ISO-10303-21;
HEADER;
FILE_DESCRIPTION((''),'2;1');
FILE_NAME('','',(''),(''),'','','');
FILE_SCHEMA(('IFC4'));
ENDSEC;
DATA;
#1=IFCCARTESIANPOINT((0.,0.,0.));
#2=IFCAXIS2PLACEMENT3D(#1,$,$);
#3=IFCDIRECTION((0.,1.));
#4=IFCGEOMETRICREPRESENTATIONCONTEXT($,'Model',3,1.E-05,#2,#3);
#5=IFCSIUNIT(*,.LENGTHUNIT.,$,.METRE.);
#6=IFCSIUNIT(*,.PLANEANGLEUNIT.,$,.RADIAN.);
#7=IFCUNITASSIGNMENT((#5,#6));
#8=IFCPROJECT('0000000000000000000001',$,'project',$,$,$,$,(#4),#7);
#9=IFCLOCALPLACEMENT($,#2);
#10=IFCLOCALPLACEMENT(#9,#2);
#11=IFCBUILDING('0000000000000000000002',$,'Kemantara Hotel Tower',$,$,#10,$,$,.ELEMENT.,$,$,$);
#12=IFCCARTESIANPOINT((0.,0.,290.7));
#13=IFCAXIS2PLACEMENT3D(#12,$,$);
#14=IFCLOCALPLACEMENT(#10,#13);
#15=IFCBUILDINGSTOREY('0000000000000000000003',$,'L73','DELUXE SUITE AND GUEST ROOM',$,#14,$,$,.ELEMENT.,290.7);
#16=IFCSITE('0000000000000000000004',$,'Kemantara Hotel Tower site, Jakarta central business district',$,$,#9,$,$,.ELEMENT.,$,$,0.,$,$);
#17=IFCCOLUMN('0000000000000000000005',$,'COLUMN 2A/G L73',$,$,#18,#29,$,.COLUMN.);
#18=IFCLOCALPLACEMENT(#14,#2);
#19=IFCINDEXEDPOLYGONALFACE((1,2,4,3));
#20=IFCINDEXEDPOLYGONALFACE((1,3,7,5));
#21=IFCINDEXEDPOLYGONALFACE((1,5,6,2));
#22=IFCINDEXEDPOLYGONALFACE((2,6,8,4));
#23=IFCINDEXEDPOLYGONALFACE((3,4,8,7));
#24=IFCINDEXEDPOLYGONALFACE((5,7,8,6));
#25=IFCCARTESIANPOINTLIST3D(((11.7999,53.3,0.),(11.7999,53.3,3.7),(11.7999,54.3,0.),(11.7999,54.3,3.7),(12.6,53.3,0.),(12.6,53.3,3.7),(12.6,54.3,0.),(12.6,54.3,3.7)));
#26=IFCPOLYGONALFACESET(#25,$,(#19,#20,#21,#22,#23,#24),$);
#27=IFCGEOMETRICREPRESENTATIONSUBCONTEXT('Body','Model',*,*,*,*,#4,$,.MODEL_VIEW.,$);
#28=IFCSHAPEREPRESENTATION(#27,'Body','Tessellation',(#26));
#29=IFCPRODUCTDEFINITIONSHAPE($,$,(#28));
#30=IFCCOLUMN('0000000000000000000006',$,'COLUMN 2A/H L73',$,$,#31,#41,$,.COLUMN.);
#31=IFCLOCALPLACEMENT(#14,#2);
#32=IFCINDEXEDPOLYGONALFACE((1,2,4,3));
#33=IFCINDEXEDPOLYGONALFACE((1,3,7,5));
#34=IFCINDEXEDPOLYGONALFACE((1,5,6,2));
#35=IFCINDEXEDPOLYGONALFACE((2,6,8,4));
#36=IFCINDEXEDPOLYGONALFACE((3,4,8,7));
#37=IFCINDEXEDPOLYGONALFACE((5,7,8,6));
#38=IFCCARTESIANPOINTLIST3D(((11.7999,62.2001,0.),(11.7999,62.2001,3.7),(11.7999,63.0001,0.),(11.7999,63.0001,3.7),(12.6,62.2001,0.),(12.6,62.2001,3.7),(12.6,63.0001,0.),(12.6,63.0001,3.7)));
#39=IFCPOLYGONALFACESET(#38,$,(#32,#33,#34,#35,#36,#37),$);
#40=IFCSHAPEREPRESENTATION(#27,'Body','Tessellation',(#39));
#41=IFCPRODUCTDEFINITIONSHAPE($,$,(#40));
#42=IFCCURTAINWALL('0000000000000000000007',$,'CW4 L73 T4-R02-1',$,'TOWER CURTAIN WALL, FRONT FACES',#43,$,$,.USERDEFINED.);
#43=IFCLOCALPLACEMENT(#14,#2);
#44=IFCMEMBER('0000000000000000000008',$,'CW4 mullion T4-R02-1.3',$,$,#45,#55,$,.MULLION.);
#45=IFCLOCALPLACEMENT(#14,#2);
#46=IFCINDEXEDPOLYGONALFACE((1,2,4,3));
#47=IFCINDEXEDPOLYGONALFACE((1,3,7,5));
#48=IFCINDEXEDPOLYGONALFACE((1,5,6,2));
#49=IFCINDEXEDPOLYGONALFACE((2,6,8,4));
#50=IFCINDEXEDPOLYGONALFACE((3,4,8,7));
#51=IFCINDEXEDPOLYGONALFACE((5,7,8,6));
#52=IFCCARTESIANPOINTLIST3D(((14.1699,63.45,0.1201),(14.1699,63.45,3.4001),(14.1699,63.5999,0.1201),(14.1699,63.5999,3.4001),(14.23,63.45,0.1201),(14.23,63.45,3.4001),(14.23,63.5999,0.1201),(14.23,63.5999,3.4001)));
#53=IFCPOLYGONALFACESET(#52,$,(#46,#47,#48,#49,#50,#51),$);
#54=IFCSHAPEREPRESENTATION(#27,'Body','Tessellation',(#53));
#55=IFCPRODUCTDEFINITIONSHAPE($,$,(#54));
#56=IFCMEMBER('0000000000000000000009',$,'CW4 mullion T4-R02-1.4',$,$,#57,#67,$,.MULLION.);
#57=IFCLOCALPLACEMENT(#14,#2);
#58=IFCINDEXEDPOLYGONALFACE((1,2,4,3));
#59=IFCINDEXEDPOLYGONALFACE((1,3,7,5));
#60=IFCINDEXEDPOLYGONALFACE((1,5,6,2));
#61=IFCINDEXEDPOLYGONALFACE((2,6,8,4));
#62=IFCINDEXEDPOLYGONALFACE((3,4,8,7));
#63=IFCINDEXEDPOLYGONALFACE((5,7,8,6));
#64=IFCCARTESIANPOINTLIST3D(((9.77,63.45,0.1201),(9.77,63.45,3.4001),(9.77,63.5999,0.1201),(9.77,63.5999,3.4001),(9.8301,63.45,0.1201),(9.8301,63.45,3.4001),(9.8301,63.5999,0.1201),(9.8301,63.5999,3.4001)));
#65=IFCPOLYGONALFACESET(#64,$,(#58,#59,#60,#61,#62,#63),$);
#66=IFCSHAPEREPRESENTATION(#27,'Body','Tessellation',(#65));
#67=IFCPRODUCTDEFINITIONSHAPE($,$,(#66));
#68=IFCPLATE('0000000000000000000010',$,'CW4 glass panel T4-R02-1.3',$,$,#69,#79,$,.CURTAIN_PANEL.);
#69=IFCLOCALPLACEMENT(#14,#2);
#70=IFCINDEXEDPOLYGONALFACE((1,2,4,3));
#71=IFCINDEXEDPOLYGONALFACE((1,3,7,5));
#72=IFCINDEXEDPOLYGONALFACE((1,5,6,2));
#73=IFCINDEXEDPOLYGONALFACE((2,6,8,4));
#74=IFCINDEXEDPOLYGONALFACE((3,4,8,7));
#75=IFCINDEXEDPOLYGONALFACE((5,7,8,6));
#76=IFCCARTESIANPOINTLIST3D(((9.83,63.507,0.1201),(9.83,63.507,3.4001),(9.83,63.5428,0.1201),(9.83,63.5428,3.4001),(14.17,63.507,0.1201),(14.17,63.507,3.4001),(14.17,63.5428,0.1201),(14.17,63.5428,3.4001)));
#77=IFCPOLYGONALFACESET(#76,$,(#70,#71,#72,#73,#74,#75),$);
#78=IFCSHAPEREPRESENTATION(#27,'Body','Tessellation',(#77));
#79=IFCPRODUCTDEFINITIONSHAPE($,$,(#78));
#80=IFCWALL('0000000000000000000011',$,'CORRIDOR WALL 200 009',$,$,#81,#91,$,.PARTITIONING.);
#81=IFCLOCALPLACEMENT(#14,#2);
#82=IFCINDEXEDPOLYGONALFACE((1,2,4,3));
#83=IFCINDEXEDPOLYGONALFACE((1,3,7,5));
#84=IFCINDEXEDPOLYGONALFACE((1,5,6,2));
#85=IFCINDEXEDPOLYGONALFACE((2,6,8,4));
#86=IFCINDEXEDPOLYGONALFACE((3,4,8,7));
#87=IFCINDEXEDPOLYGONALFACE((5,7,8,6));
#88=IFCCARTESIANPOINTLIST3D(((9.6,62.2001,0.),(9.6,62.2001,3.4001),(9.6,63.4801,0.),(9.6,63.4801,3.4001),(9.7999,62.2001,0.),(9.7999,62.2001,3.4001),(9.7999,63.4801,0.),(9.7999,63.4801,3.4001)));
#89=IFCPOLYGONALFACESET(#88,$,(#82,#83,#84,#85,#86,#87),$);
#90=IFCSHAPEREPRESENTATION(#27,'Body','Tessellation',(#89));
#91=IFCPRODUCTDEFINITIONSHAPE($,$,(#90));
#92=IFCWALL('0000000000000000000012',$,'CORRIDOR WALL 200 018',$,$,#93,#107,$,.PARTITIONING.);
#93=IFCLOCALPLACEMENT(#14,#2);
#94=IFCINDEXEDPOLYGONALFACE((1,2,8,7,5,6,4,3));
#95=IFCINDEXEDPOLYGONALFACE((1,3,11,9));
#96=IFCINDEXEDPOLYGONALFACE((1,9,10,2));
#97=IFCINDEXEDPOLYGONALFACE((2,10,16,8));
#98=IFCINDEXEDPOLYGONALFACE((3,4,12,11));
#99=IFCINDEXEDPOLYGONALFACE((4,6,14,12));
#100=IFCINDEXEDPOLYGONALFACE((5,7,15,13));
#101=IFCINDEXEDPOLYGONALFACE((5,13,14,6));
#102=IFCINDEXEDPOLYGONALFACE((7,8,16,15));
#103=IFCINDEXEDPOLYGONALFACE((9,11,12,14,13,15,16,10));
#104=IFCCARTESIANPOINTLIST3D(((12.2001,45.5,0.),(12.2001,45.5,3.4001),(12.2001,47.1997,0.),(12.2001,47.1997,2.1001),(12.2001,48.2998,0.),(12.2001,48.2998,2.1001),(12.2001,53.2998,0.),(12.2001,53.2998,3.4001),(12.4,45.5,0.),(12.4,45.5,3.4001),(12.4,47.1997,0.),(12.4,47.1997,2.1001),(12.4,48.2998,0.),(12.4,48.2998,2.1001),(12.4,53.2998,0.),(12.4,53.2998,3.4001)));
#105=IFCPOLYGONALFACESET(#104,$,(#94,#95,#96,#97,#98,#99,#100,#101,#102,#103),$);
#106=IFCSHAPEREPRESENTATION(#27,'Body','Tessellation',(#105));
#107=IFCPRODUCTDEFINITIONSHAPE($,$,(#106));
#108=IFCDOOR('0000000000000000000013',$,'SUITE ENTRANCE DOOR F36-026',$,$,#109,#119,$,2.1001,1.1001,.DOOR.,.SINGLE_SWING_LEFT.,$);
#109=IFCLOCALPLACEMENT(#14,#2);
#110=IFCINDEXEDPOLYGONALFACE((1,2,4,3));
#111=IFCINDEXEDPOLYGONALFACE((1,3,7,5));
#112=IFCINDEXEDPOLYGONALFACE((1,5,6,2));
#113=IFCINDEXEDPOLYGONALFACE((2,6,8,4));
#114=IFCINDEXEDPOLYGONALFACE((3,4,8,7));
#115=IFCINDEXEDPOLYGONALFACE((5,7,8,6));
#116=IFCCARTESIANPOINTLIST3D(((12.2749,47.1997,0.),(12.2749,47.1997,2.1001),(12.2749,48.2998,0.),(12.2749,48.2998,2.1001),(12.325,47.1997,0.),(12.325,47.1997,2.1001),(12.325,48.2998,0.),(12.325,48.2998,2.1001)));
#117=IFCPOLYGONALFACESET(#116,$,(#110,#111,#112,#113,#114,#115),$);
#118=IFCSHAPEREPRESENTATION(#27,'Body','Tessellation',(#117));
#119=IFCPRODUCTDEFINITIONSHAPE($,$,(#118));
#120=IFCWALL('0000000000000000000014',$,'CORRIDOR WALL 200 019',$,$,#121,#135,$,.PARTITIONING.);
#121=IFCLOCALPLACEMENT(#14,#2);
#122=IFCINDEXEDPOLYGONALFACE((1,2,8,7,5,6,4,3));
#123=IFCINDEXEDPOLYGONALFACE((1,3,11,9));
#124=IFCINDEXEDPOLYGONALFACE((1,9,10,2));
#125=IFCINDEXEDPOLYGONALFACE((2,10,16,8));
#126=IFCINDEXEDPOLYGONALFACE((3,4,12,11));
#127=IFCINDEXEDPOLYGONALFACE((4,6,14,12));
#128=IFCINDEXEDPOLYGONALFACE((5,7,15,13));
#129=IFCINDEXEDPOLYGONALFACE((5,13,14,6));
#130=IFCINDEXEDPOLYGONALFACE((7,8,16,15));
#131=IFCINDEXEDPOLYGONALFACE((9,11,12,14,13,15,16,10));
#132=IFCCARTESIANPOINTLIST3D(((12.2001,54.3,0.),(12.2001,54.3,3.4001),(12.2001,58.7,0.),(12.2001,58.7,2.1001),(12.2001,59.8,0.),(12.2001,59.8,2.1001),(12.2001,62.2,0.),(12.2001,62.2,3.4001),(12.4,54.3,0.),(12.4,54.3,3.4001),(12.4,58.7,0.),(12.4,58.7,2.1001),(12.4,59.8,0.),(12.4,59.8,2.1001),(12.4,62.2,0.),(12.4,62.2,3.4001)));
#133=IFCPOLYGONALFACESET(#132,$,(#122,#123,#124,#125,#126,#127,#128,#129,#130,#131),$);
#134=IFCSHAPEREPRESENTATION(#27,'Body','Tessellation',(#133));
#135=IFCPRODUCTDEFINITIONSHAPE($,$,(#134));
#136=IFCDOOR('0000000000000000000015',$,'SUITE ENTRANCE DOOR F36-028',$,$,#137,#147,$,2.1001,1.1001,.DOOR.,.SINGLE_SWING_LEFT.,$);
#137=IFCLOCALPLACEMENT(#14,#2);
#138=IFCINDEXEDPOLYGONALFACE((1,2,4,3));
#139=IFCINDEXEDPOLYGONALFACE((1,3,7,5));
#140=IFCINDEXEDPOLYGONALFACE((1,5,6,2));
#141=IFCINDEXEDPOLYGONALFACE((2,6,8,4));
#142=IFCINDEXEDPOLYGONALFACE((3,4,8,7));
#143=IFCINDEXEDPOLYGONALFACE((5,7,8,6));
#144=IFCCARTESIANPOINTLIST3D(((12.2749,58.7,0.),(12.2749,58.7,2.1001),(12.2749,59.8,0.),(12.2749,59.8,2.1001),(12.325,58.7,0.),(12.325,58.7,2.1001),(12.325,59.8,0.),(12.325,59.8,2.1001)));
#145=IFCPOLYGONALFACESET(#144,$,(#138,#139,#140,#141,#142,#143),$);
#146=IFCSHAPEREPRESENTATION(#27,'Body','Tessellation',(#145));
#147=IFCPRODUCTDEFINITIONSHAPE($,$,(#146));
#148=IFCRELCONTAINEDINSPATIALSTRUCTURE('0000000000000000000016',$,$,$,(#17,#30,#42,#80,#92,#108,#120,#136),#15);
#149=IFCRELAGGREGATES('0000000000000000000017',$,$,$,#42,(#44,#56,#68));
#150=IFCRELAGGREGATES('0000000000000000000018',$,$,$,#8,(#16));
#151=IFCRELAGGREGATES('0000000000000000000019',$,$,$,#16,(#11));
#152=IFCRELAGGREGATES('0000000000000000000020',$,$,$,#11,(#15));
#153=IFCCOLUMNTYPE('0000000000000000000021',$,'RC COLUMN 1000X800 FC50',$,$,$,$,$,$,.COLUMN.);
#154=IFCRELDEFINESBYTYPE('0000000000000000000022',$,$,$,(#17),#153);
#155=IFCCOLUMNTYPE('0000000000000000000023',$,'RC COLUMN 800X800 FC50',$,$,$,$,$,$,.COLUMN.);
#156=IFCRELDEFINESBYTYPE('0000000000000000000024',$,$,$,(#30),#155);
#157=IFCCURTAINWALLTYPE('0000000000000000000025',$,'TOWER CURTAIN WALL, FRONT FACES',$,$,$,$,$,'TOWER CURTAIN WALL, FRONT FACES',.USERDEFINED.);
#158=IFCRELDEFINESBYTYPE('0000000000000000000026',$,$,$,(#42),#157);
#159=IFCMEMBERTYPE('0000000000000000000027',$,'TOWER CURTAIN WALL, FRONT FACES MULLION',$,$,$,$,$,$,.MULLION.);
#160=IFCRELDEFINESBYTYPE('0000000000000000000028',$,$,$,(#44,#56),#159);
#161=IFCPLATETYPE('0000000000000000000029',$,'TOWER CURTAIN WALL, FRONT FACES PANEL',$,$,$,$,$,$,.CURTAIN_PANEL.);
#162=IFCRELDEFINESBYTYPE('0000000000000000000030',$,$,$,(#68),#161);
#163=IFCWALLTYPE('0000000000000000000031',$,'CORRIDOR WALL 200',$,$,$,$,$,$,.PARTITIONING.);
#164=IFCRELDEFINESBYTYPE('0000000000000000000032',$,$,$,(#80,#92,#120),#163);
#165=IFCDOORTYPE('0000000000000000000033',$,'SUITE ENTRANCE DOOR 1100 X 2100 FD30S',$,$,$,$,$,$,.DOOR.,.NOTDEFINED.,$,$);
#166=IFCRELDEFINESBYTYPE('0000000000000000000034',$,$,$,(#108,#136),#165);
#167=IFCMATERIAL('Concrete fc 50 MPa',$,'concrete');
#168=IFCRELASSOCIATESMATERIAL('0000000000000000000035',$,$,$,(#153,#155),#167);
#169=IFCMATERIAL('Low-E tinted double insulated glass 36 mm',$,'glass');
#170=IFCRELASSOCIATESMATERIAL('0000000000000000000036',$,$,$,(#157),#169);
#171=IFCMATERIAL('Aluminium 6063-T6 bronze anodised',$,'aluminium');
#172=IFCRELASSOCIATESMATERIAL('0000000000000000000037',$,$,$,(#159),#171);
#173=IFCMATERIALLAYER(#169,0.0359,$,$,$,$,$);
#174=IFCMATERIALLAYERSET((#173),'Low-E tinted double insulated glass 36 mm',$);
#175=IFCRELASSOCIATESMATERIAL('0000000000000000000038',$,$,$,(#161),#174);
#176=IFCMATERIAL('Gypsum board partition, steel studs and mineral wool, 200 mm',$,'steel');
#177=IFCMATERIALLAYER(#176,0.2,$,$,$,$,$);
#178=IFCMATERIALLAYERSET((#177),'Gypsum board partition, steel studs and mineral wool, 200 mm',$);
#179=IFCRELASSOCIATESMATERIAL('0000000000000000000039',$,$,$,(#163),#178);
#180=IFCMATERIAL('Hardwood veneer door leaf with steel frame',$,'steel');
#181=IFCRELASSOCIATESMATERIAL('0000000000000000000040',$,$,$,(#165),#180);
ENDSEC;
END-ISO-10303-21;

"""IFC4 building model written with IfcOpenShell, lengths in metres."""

from ifc_helpers import new_model, si_unit, direction, frame, frame_2d, origin, origin_2d, place, context, subcontext, project, spatial, rectangle, extrude, source, transform, mapped, material, layer, layer_set, material_profile, profile_set, type_object, element, fill, aggregate, save


model = new_model("IFC4")

# Units and contexts
model_context = context("Model", 3, precision=1e-05, world=origin(), true_north=direction((0.0, 1.0)))
body_context = subcontext(model_context, "Body", "Model", "MODEL_VIEW")
ifc_project = project(units=[si_unit("LENGTHUNIT", "METRE"), si_unit("PLANEANGLEUNIT", "RADIAN")], contexts=[model_context])

# Site, building, storey
site_placement = place(None, origin())
site = spatial("IfcSite", under=ifc_project, at=site_placement, Name="Kemantara Hotel Tower site, Jakarta central business district", CompositionType="ELEMENT", RefElevation=0.0)
building_placement = place(site_placement, origin())
building = spatial("IfcBuilding", under=site, at=building_placement, Name="Kemantara Hotel Tower", CompositionType="ELEMENT")
storey_placement = place(building_placement, frame((0.0, 0.0, 290.7)))
storey = spatial("IfcBuildingStorey", under=building, at=storey_placement, Name="L73", Description="DELUXE SUITE AND GUEST ROOM", CompositionType="ELEMENT", Elevation=290.7)

# Columns
ifc_material_1 = material(Name="Concrete fc 50 MPa", Category="concrete")
ifc_material_profile_1 = material_profile(ifc_material_1, rectangle(XDim=1.0, YDim=0.8, at=origin_2d()), Name="RC 1000X800")
ifc_profile_set_1 = profile_set([ifc_material_profile_1], Name="Concrete fc 50 MPa")
column_type_1 = type_object("IfcColumnType", Name="RC COLUMN 1000X800 FC50", PredefinedType="COLUMN", material=ifc_profile_set_1)
column_1_placement = place(storey_placement, frame((12.2, 53.8, 0.0), z_axis=(0.0, 0.0, 1.0), x_axis=(0.0, 1.0, 0.0)))
element("IfcColumn", 1, at=column_1_placement, inside=storey, type_object=column_type_1, Name="COLUMN 2A/G L73", PredefinedType="COLUMN", context=body_context, shape_type="SweptSolid", body=[
    extrude(rectangle(XDim=1.0, YDim=0.8, at=origin_2d()), origin(), (0.0, 0.0, 1.0), 3.7),
])
ifc_material_profile_2 = material_profile(ifc_material_1, rectangle(XDim=0.8, YDim=0.8, at=origin_2d()), Name="RC 800X800")
ifc_profile_set_2 = profile_set([ifc_material_profile_2], Name="Concrete fc 50 MPa")
column_type_2 = type_object("IfcColumnType", Name="RC COLUMN 800X800 FC50", PredefinedType="COLUMN", material=ifc_profile_set_2)
column_2_placement = place(storey_placement, frame((12.2, 62.6001, 0.0), z_axis=(0.0, 0.0, 1.0), x_axis=(1.0, 0.0, 0.0)))
element("IfcColumn", 2, at=column_2_placement, inside=storey, type_object=column_type_2, Name="COLUMN 2A/H L73", PredefinedType="COLUMN", context=body_context, shape_type="SweptSolid", body=[
    extrude(rectangle(XDim=0.8, YDim=0.8, at=origin_2d()), origin(), (0.0, 0.0, 1.0), 3.7),
])

# Curtain wall, members, plate
ifc_material_2 = material(Name="Low-E tinted double insulated glass 36 mm", Category="glass")
curtain_wall_type = type_object("IfcCurtainWallType", Name="TOWER CURTAIN WALL, FRONT FACES", ElementType="TOWER CURTAIN WALL, FRONT FACES", PredefinedType="USERDEFINED", material=ifc_material_2)
curtain_wall_placement = place(storey_placement, origin())
curtain_wall = element("IfcCurtainWall", 3, at=curtain_wall_placement, inside=storey, type_object=curtain_wall_type, Name="CW4 L73 T4-R02-1", ObjectType="TOWER CURTAIN WALL, FRONT FACES", PredefinedType="USERDEFINED")
ifc_material_3 = material(Name="Aluminium 6063-T6 bronze anodised", Category="aluminium")
ifc_material_profile_3 = material_profile(ifc_material_3, rectangle(XDim=0.1499, YDim=0.0601, at=origin_2d()), Name="TOWER CURTAIN WALL, FRONT FACES MULLION")
ifc_profile_set_3 = profile_set([ifc_material_profile_3], Name="Aluminium 6063-T6 bronze anodised")
member_type = type_object("IfcMemberType", Name="TOWER CURTAIN WALL, FRONT FACES MULLION", PredefinedType="MULLION", material=ifc_profile_set_3)
shared_shape_1 = source(origin(), body_context, "Body", "SweptSolid", [
    extrude(rectangle(XDim=0.1499, YDim=0.0601, at=origin_2d()), origin(), (0.0, 0.0, 1.0), 3.28),
])
member_1_placement = place(storey_placement, frame((14.2, 63.5249, 0.1201), z_axis=(0.0, 0.0, 1.0), x_axis=(0.0, -1.0, 0.0)))
member_1 = element("IfcMember", 4, at=member_1_placement, type_object=member_type, Name="CW4 mullion T4-R02-1.3", PredefinedType="MULLION", context=body_context, shape_type="MappedRepresentation", body=[
    mapped(shared_shape_1, transform((0.0, 0.0, 0.0))),
])
member_2_placement = place(storey_placement, frame((9.8, 63.5249, 0.1201), z_axis=(0.0, 0.0, 1.0), x_axis=(0.0, -1.0, 0.0)))
member_2 = element("IfcMember", 5, at=member_2_placement, type_object=member_type, Name="CW4 mullion T4-R02-1.4", PredefinedType="MULLION", context=body_context, shape_type="MappedRepresentation", body=[
    mapped(shared_shape_1, transform((0.0, 0.0, 0.0))),
])
ifc_layer_1 = layer(ifc_material_2, 0.0359)
ifc_layer_set_1 = layer_set([ifc_layer_1], Name="Low-E tinted double insulated glass 36 mm")
plate_type = type_object("IfcPlateType", Name="TOWER CURTAIN WALL, FRONT FACES PANEL", PredefinedType="CURTAIN_PANEL", material=ifc_layer_set_1)
shared_shape_2 = source(origin(), body_context, "Body", "SweptSolid", [
    extrude(rectangle(XDim=4.3401, YDim=0.0359, at=origin_2d()), origin(), (0.0, 0.0, 1.0), 3.28),
])
plate_placement = place(storey_placement, frame((12.0, 63.5249, 0.1201), z_axis=(0.0, 0.0, 1.0), x_axis=(-1.0, 0.0, 0.0)))
plate = element("IfcPlate", 6, at=plate_placement, type_object=plate_type, Name="CW4 glass panel T4-R02-1.3", PredefinedType="CURTAIN_PANEL", context=body_context, shape_type="MappedRepresentation", body=[
    mapped(shared_shape_2, transform((0.0, 0.0, 0.0))),
])
aggregate(curtain_wall, [member_1, member_2, plate])

# Wall
ifc_material_4 = material(Name="Gypsum board partition, steel studs and mineral wool, 200 mm", Category="steel")
ifc_layer_2 = layer(ifc_material_4, 0.2)
ifc_layer_set_2 = layer_set([ifc_layer_2], Name="Gypsum board partition, steel studs and mineral wool, 200 mm")
wall_type_1 = type_object("IfcWallType", Name="CORRIDOR WALL 200", PredefinedType="PARTITIONING", material=ifc_layer_set_2)
wall_1_placement = place(storey_placement, frame((9.7, 62.2, 0.0), z_axis=(0.0, 0.0, 1.0), x_axis=(0.0, 1.0, 0.0)))
element("IfcWall", 7, at=wall_1_placement, inside=storey, type_object=wall_type_1, Name="CORRIDOR WALL 200 009", PredefinedType="PARTITIONING", context=body_context, shape_type="SweptSolid", body=[
    extrude(rectangle(XDim=1.28, YDim=0.2, at=frame_2d((0.6401, 0.0))), origin(), (0.0, 0.0, 1.0), 3.4001),
])

# Walls, openings, doors
wall_2_placement = place(storey_placement, frame((12.3, 53.2998, 0.0), z_axis=(0.0, 0.0, 1.0), x_axis=(0.0, -1.0, 0.0)))
wall_2 = element("IfcWall", 8, at=wall_2_placement, inside=storey, type_object=wall_type_1, Name="CORRIDOR WALL 200 018", PredefinedType="PARTITIONING", context=body_context, shape_type="SweptSolid", body=[
    extrude(rectangle(XDim=7.7998, YDim=0.2, at=frame_2d((3.8999, 0.0))), origin(), (0.0, 0.0, 1.0), 3.4001),
])
opening_1_placement = place(wall_2_placement, frame((5.0, 0.0, 0.0)))
opening_1 = element("IfcOpeningElement", 9, at=opening_1_placement, cuts=wall_2, PredefinedType="OPENING", context=body_context, shape_type="SweptSolid", body=[
    extrude(rectangle(XDim=1.1001, YDim=2.1001, at=frame_2d((0.55, 1.05))), frame((0.0, 0.1099, 0.0), z_axis=(0.0, -1.0, 0.0), x_axis=(1.0, 0.0, 0.0)), (0.0, 0.0, 1.0), 0.22),
])
ifc_material_5 = material(Name="Hardwood veneer door leaf with steel frame", Category="steel")
door_type_1 = type_object("IfcDoorType", Name="SUITE ENTRANCE DOOR 1100 X 2100 FD30S", OperationType="NOTDEFINED", PredefinedType="DOOR", material=ifc_material_5)
door_1_placement = place(opening_1_placement, origin())
door_1 = element("IfcDoor", 10, at=door_1_placement, inside=storey, type_object=door_type_1, Name="SUITE ENTRANCE DOOR F36-026", OperationType="SINGLE_SWING_LEFT", OverallHeight=2.1001, OverallWidth=1.1001, PredefinedType="DOOR", context=body_context, shape_type="SweptSolid", body=[
    extrude(rectangle(XDim=1.1001, YDim=2.1001, at=frame_2d((0.55, 1.05))), frame((0.0, 0.0249, 0.0), z_axis=(0.0, -1.0, 0.0), x_axis=(1.0, 0.0, 0.0)), (0.0, 0.0, 1.0), 0.05),
])
fill(opening_1, door_1)
wall_3_placement = place(storey_placement, frame((12.3, 62.2, 0.0), z_axis=(0.0, 0.0, 1.0), x_axis=(0.0, -1.0, 0.0)))
wall_3 = element("IfcWall", 11, at=wall_3_placement, inside=storey, type_object=wall_type_1, Name="CORRIDOR WALL 200 019", PredefinedType="PARTITIONING", context=body_context, shape_type="SweptSolid", body=[
    extrude(rectangle(XDim=7.8999, YDim=0.2, at=frame_2d((3.95, 0.0))), origin(), (0.0, 0.0, 1.0), 3.4001),
])
opening_2_placement = place(wall_3_placement, frame((2.3999, 0.0, 0.0)))
opening_2 = element("IfcOpeningElement", 12, at=opening_2_placement, cuts=wall_3, PredefinedType="OPENING", context=body_context, shape_type="SweptSolid", body=[
    extrude(rectangle(XDim=1.1001, YDim=2.1001, at=frame_2d((0.55, 1.05))), frame((0.0, 0.1099, 0.0), z_axis=(0.0, -1.0, 0.0), x_axis=(1.0, 0.0, 0.0)), (0.0, 0.0, 1.0), 0.22),
])
door_2_placement = place(opening_2_placement, origin())
door_2 = element("IfcDoor", 13, at=door_2_placement, inside=storey, type_object=door_type_1, Name="SUITE ENTRANCE DOOR F36-028", OperationType="SINGLE_SWING_LEFT", OverallHeight=2.1001, OverallWidth=1.1001, PredefinedType="DOOR", context=body_context, shape_type="SweptSolid", body=[
    extrude(rectangle(XDim=1.1001, YDim=2.1001, at=frame_2d((0.55, 1.05))), frame((0.0, 0.0249, 0.0), z_axis=(0.0, -1.0, 0.0), x_axis=(1.0, 0.0, 0.0)), (0.0, 0.0, 1.0), 0.05),
])
fill(opening_2, door_2)

save(model, "model.ifc")
